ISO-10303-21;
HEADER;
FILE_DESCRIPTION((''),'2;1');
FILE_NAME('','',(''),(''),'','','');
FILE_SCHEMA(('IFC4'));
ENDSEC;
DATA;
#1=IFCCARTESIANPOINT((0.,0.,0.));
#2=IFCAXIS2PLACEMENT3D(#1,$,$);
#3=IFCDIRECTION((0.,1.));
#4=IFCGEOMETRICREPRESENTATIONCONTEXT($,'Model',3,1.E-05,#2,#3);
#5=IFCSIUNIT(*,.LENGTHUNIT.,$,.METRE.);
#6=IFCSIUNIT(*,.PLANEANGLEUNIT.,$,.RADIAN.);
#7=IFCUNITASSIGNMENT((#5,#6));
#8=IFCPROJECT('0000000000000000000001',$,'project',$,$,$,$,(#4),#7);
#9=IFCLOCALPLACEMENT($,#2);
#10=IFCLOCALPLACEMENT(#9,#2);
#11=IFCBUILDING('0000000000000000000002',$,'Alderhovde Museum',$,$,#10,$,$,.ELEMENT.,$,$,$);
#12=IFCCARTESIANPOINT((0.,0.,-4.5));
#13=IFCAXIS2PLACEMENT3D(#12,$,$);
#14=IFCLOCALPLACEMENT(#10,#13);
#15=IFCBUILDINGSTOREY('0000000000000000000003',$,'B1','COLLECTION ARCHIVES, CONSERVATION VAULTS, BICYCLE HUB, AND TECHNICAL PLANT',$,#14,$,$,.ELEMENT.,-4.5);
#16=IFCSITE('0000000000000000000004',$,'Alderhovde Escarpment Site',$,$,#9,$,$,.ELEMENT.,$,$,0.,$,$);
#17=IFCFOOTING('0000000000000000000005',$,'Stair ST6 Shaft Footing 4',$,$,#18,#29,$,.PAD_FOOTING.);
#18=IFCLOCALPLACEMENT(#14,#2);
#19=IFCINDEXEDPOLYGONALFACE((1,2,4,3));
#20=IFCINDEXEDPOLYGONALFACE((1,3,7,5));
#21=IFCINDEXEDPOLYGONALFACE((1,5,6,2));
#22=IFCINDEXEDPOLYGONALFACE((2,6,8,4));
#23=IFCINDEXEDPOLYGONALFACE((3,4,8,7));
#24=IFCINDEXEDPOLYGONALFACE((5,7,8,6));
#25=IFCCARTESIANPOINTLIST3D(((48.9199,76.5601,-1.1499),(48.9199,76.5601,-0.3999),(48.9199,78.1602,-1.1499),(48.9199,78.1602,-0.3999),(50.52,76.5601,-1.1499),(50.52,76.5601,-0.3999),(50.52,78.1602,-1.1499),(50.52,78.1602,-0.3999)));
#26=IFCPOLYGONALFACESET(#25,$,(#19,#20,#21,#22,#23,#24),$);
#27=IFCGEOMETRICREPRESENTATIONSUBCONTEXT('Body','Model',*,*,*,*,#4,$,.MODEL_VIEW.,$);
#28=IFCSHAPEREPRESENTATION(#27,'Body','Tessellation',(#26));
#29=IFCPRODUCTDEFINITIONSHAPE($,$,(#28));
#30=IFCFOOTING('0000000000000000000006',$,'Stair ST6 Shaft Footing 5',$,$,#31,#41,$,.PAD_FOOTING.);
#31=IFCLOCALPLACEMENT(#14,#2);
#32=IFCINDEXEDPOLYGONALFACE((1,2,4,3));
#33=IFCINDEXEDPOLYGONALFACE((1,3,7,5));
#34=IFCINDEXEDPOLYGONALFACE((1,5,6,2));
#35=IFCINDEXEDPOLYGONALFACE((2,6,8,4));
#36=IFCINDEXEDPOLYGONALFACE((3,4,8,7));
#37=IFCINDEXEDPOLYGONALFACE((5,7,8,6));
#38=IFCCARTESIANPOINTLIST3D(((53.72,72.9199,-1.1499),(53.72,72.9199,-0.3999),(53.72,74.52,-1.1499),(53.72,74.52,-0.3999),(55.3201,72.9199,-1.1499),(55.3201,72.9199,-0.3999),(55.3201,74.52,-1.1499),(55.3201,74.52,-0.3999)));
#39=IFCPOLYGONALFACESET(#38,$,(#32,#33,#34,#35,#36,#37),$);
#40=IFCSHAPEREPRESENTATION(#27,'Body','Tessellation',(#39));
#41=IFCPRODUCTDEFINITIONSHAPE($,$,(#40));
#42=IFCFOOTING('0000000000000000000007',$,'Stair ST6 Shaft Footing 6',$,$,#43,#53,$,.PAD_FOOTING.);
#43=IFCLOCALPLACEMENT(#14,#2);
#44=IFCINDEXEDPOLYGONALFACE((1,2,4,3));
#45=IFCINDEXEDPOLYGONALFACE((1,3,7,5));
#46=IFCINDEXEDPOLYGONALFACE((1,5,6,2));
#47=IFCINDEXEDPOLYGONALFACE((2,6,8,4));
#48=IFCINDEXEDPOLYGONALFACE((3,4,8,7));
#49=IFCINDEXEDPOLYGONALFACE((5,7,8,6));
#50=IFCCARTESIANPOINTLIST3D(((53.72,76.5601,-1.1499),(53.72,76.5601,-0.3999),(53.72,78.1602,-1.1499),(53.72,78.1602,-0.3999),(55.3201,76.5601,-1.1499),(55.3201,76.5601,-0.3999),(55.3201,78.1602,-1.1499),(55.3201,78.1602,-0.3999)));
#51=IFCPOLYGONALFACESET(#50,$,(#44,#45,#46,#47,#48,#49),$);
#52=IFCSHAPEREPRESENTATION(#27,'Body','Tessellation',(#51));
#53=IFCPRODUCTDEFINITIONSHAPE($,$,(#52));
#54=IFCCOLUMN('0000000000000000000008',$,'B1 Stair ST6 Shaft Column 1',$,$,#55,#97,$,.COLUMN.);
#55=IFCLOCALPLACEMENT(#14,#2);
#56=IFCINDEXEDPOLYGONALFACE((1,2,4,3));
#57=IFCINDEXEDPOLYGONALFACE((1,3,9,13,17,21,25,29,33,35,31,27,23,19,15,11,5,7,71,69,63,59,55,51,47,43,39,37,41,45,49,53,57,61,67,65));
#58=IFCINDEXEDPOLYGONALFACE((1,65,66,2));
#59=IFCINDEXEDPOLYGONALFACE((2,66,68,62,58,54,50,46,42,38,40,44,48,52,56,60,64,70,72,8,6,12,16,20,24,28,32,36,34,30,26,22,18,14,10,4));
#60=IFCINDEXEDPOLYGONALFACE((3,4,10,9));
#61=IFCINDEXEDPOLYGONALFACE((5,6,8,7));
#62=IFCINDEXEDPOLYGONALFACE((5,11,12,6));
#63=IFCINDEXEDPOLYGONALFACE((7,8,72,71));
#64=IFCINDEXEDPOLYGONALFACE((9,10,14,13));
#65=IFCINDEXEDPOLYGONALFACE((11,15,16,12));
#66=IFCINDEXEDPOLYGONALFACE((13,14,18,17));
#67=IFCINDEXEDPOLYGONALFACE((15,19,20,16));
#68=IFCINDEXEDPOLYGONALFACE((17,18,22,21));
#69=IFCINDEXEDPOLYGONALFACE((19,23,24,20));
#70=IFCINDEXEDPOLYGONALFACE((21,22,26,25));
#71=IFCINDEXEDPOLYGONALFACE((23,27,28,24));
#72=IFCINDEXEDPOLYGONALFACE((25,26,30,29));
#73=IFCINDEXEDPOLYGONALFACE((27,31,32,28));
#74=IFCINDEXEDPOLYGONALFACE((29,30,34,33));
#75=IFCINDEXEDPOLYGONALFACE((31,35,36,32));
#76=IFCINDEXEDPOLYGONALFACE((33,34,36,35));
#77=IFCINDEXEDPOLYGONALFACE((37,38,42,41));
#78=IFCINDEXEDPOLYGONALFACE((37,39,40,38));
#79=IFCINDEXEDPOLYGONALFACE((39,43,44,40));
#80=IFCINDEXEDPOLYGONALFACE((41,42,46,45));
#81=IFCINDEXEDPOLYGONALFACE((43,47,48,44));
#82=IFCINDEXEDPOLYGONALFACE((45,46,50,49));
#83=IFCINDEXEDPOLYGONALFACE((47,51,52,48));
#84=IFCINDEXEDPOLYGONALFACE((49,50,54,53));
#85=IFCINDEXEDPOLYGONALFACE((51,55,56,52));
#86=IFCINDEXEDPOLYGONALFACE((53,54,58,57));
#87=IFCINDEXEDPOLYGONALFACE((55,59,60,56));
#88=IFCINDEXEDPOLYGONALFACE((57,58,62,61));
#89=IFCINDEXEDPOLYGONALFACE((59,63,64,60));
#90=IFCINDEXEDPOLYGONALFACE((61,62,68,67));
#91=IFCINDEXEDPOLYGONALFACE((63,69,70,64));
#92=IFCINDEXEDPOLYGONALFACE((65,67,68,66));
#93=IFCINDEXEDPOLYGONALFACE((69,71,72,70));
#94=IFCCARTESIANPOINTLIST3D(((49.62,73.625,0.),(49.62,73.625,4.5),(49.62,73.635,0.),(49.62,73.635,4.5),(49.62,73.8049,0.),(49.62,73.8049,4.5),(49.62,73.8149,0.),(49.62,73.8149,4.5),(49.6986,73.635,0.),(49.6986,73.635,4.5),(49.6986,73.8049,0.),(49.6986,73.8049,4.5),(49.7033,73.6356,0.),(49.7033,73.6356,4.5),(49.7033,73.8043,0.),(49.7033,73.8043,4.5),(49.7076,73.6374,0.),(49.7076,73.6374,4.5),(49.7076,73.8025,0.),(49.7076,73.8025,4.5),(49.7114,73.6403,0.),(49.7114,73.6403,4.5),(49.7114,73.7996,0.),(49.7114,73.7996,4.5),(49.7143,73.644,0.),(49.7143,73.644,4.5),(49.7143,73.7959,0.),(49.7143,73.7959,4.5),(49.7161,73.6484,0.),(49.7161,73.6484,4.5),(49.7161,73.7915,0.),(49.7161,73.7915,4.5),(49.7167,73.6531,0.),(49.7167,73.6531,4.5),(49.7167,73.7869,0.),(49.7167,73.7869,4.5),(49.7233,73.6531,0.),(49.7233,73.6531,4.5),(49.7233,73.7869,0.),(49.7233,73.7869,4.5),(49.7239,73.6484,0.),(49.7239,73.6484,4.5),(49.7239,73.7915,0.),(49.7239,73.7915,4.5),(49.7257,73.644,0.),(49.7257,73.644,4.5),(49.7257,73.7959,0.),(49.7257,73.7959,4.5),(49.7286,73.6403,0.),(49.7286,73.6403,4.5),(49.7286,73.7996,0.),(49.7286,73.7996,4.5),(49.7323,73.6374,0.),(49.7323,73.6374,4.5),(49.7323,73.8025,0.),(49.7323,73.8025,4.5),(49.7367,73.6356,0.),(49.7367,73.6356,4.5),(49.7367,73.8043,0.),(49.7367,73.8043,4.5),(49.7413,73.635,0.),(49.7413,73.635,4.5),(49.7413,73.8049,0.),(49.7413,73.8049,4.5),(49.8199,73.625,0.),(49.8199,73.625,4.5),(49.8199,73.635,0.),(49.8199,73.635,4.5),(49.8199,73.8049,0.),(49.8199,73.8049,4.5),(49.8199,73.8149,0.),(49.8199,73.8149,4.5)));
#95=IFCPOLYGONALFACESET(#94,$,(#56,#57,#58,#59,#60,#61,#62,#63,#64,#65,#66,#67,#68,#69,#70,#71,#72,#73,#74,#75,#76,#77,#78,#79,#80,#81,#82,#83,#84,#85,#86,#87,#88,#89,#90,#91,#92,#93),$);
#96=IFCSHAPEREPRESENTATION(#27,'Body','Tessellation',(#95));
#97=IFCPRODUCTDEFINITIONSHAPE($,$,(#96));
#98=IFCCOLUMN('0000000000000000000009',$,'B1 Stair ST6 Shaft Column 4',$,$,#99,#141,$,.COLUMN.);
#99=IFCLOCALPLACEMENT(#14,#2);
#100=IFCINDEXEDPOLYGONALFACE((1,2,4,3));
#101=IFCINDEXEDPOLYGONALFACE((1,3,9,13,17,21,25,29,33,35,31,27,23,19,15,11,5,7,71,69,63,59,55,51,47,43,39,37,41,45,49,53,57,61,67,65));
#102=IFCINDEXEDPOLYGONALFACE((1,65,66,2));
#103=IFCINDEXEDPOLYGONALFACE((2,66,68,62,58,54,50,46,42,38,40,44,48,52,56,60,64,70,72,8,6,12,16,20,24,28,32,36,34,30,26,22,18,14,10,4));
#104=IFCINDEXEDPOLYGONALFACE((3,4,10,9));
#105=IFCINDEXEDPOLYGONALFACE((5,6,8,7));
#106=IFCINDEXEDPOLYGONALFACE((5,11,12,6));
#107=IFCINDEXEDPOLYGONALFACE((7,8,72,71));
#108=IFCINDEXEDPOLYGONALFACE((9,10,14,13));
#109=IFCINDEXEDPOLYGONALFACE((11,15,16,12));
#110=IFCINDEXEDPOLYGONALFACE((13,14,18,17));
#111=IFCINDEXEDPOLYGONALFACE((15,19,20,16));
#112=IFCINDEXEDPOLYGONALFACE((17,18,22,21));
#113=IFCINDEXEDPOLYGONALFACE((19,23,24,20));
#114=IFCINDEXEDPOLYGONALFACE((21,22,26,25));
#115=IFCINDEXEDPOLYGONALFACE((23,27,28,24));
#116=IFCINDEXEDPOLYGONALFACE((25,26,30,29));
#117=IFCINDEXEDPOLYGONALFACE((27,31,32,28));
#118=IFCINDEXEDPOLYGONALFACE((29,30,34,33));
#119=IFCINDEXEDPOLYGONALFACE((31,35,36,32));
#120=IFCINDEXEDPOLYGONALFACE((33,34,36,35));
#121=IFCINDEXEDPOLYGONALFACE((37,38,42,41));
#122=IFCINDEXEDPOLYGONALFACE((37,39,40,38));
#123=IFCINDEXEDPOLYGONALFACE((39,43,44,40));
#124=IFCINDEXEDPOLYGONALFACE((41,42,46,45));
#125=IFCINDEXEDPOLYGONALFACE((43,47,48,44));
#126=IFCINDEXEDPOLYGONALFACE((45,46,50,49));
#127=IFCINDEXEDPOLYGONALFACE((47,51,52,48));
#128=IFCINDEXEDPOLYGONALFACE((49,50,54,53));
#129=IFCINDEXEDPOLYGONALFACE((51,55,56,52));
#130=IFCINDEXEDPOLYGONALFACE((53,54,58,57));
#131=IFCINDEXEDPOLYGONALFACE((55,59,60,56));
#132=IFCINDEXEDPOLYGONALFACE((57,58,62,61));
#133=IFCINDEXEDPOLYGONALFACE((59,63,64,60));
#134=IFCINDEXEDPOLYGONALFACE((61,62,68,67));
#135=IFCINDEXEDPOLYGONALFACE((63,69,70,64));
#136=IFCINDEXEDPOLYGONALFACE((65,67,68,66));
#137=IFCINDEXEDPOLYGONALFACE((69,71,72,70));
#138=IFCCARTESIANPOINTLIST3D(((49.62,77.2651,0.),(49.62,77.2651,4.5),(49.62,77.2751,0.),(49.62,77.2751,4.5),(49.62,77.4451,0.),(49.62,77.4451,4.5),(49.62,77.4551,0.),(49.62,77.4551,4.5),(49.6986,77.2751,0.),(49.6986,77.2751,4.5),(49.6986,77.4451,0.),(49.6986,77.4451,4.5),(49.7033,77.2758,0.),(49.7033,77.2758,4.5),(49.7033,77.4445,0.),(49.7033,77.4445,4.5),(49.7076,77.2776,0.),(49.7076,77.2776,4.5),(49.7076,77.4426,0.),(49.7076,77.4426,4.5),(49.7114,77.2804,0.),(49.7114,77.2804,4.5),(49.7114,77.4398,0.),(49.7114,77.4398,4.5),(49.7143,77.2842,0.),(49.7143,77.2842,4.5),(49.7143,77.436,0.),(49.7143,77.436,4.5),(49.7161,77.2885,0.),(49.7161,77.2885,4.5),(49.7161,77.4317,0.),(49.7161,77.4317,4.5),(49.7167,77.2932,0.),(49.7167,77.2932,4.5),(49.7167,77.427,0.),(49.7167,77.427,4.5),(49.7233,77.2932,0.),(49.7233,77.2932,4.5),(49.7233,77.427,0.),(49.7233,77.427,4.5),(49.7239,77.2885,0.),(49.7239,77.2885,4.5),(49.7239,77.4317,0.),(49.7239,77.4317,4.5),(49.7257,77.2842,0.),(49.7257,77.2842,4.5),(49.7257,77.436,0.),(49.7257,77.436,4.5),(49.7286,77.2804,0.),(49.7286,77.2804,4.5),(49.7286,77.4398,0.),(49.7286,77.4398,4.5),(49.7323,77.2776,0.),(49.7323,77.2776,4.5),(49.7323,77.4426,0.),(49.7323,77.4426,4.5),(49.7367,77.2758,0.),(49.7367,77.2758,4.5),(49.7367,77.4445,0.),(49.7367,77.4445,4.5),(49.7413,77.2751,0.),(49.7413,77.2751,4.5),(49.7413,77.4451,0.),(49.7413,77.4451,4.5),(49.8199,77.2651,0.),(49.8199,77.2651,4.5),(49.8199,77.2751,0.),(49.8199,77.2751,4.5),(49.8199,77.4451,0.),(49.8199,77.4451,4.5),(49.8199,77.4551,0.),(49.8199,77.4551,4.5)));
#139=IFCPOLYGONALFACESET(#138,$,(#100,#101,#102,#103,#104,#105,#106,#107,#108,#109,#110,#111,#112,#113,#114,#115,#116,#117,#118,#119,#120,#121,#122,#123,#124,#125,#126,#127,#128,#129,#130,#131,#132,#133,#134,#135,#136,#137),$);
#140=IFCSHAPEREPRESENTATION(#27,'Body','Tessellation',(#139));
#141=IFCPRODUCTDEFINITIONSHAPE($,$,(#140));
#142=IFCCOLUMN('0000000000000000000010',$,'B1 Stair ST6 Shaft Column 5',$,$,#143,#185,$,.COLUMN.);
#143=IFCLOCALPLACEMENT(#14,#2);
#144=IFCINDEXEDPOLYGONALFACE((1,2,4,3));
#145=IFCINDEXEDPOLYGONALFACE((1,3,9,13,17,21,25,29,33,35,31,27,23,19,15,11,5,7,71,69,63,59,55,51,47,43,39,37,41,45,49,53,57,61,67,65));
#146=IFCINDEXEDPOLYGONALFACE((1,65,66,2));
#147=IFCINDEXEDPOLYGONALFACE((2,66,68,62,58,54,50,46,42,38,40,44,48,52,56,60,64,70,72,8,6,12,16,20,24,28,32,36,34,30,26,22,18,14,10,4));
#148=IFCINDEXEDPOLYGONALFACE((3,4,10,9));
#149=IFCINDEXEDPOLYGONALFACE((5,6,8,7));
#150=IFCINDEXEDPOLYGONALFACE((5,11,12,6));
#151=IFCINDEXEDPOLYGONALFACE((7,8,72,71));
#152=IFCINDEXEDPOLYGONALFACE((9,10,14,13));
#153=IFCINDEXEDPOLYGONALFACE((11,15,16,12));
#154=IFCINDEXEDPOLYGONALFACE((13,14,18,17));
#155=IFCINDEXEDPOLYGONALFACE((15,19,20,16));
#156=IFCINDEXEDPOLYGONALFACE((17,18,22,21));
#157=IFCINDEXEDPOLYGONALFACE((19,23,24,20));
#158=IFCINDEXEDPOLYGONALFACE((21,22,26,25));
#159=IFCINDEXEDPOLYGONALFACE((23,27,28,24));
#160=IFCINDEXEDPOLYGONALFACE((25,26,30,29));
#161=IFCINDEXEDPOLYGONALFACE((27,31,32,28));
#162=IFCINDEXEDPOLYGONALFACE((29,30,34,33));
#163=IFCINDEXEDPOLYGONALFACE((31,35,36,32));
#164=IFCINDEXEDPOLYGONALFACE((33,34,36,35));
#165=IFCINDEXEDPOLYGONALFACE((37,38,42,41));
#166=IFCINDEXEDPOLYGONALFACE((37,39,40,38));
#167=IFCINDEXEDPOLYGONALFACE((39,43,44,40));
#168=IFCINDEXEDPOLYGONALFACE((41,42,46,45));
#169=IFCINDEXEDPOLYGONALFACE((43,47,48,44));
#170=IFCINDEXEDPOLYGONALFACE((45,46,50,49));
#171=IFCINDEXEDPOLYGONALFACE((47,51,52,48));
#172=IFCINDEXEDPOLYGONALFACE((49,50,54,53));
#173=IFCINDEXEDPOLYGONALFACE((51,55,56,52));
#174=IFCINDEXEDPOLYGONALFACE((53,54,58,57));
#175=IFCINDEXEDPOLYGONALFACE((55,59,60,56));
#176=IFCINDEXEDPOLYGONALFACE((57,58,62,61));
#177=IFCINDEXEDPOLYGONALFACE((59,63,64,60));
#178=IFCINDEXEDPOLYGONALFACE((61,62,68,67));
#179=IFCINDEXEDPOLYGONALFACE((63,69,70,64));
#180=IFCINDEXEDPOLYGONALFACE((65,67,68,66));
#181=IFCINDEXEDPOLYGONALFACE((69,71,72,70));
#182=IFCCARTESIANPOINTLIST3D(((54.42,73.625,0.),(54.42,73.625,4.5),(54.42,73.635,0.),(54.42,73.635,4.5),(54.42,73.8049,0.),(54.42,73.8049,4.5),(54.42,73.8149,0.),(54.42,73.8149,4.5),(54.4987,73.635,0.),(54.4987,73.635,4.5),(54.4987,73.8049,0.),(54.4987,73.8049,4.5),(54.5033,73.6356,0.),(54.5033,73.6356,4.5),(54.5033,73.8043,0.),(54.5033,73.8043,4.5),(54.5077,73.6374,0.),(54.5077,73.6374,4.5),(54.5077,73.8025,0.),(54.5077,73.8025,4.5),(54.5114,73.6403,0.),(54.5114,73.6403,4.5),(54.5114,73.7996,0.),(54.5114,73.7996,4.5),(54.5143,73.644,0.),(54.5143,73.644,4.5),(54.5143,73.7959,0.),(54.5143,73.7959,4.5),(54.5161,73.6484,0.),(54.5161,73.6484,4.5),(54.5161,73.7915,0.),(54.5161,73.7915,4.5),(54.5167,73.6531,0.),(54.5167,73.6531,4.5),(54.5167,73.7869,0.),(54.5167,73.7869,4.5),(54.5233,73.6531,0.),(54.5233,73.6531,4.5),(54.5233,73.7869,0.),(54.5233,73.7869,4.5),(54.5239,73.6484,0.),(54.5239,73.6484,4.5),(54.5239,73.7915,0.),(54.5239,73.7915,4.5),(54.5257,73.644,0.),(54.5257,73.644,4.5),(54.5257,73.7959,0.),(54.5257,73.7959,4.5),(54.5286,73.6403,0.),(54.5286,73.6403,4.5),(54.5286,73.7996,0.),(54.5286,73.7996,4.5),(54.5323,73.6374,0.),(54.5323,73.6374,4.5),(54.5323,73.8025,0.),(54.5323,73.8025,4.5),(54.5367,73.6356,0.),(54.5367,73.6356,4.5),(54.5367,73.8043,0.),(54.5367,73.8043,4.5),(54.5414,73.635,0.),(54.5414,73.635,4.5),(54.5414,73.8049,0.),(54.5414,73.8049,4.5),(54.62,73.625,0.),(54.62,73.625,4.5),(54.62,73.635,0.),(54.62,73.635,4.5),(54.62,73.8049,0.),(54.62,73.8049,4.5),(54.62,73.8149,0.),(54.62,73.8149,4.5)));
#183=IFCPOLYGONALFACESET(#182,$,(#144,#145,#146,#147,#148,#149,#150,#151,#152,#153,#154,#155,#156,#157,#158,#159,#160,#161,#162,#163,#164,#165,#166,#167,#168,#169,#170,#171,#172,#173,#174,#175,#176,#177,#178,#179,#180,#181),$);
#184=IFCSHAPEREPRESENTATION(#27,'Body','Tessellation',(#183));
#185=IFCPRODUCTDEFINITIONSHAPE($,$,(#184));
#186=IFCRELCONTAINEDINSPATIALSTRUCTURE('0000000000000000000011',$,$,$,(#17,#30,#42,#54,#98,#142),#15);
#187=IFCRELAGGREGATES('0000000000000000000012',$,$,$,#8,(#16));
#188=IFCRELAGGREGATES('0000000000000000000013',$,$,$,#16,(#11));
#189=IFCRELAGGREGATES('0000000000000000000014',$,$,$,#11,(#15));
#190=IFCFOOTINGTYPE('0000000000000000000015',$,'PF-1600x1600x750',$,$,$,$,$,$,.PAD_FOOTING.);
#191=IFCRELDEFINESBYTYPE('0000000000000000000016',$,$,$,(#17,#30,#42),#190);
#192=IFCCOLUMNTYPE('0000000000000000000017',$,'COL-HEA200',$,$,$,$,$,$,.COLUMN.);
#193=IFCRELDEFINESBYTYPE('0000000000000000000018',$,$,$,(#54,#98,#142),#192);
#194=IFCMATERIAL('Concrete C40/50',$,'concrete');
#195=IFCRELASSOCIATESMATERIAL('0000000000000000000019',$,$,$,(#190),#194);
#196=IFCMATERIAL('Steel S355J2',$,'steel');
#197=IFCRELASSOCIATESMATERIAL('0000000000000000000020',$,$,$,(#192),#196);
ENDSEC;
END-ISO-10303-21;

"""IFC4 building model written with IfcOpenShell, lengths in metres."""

from ifc_helpers import new_model, si_unit, direction, frame, origin, origin_2d, place, context, subcontext, project, spatial, rectangle, i_section, extrude, material, material_profile, profile_set, type_object, element, save


model = new_model("IFC4")

# Units and contexts
model_context = context("Model", 3, precision=1e-05, world=origin(), true_north=direction((0.0, 1.0)))
body_context = subcontext(model_context, "Body", "Model", "MODEL_VIEW")
ifc_project = project(units=[si_unit("LENGTHUNIT", "METRE"), si_unit("PLANEANGLEUNIT", "RADIAN")], contexts=[model_context])

# Site, building, storey
site_placement = place(None, origin())
site = spatial("IfcSite", under=ifc_project, at=site_placement, Name="Alderhovde Escarpment Site", CompositionType="ELEMENT", RefElevation=0.0)
building_placement = place(site_placement, origin())
building = spatial("IfcBuilding", under=site, at=building_placement, Name="Alderhovde Museum", CompositionType="ELEMENT")
storey_placement = place(building_placement, frame((0.0, 0.0, -4.5)))
storey = spatial("IfcBuildingStorey", under=building, at=storey_placement, Name="B1", Description="COLLECTION ARCHIVES, CONSERVATION VAULTS, BICYCLE HUB, AND TECHNICAL PLANT", CompositionType="ELEMENT", Elevation=-4.5)

# Footings
ifc_material_1 = material(Name="Concrete C40/50", Category="concrete")
footing_type = type_object("IfcFootingType", Name="PF-1600x1600x750", PredefinedType="PAD_FOOTING", material=ifc_material_1)
for number, where, z_axis, x_axis, name in (
    (1, (49.72, 77.3601, -1.1499), (0.0, 0.0, 1.0), (1.0, 0.0, 0.0), "Stair ST6 Shaft Footing 4"),
    (2, (54.52, 73.72, -1.1499), (0.0, 0.0, 1.0), (1.0, 0.0, 0.0), "Stair ST6 Shaft Footing 5"),
    (3, (54.52, 77.3601, -1.1499), (0.0, 0.0, 1.0), (1.0, 0.0, 0.0), "Stair ST6 Shaft Footing 6"),
):
    element("IfcFooting", number, at=place(storey_placement, frame(where, z_axis=z_axis, x_axis=x_axis)), inside=storey, type_object=footing_type, Name=name, PredefinedType="PAD_FOOTING", context=body_context, shape_type="SweptSolid", body=[
        extrude(rectangle(XDim=1.6001, YDim=1.6001, at=origin_2d()), origin(), (0.0, 0.0, 1.0), 0.75),
    ])

# Columns
ifc_material_2 = material(Name="Steel S355J2", Category="steel")
ifc_material_profile_1 = material_profile(ifc_material_2, i_section(OverallWidth=0.2, OverallDepth=0.1899, WebThickness=0.0066, FlangeThickness=0.01, FilletRadius=0.0181, at=origin_2d()), Name="HEA 200")
ifc_profile_set_1 = profile_set([ifc_material_profile_1], Name="Steel S355J2")
column_type = type_object("IfcColumnType", Name="COL-HEA200", PredefinedType="COLUMN", material=ifc_profile_set_1)
for number, where, z_axis, x_axis, name in (
    (4, (49.72, 73.72, 0.0), (0.0, 0.0, 1.0), (1.0, 0.0, 0.0), "B1 Stair ST6 Shaft Column 1"),
    (5, (49.72, 77.3601, 0.0), (0.0, 0.0, 1.0), (1.0, 0.0, 0.0), "B1 Stair ST6 Shaft Column 4"),
    (6, (54.52, 73.72, 0.0), (0.0, 0.0, 1.0), (1.0, 0.0, 0.0), "B1 Stair ST6 Shaft Column 5"),
):
    element("IfcColumn", number, at=place(storey_placement, frame(where, z_axis=z_axis, x_axis=x_axis)), inside=storey, type_object=column_type, Name=name, PredefinedType="COLUMN", context=body_context, shape_type="SweptSolid", body=[
        extrude(i_section(OverallWidth=0.2, OverallDepth=0.1899, WebThickness=0.0066, FlangeThickness=0.01, FilletRadius=0.0181, at=origin_2d()), origin(), (0.0, 0.0, 1.0), 4.5),
    ])

save(model, "model.ifc")
